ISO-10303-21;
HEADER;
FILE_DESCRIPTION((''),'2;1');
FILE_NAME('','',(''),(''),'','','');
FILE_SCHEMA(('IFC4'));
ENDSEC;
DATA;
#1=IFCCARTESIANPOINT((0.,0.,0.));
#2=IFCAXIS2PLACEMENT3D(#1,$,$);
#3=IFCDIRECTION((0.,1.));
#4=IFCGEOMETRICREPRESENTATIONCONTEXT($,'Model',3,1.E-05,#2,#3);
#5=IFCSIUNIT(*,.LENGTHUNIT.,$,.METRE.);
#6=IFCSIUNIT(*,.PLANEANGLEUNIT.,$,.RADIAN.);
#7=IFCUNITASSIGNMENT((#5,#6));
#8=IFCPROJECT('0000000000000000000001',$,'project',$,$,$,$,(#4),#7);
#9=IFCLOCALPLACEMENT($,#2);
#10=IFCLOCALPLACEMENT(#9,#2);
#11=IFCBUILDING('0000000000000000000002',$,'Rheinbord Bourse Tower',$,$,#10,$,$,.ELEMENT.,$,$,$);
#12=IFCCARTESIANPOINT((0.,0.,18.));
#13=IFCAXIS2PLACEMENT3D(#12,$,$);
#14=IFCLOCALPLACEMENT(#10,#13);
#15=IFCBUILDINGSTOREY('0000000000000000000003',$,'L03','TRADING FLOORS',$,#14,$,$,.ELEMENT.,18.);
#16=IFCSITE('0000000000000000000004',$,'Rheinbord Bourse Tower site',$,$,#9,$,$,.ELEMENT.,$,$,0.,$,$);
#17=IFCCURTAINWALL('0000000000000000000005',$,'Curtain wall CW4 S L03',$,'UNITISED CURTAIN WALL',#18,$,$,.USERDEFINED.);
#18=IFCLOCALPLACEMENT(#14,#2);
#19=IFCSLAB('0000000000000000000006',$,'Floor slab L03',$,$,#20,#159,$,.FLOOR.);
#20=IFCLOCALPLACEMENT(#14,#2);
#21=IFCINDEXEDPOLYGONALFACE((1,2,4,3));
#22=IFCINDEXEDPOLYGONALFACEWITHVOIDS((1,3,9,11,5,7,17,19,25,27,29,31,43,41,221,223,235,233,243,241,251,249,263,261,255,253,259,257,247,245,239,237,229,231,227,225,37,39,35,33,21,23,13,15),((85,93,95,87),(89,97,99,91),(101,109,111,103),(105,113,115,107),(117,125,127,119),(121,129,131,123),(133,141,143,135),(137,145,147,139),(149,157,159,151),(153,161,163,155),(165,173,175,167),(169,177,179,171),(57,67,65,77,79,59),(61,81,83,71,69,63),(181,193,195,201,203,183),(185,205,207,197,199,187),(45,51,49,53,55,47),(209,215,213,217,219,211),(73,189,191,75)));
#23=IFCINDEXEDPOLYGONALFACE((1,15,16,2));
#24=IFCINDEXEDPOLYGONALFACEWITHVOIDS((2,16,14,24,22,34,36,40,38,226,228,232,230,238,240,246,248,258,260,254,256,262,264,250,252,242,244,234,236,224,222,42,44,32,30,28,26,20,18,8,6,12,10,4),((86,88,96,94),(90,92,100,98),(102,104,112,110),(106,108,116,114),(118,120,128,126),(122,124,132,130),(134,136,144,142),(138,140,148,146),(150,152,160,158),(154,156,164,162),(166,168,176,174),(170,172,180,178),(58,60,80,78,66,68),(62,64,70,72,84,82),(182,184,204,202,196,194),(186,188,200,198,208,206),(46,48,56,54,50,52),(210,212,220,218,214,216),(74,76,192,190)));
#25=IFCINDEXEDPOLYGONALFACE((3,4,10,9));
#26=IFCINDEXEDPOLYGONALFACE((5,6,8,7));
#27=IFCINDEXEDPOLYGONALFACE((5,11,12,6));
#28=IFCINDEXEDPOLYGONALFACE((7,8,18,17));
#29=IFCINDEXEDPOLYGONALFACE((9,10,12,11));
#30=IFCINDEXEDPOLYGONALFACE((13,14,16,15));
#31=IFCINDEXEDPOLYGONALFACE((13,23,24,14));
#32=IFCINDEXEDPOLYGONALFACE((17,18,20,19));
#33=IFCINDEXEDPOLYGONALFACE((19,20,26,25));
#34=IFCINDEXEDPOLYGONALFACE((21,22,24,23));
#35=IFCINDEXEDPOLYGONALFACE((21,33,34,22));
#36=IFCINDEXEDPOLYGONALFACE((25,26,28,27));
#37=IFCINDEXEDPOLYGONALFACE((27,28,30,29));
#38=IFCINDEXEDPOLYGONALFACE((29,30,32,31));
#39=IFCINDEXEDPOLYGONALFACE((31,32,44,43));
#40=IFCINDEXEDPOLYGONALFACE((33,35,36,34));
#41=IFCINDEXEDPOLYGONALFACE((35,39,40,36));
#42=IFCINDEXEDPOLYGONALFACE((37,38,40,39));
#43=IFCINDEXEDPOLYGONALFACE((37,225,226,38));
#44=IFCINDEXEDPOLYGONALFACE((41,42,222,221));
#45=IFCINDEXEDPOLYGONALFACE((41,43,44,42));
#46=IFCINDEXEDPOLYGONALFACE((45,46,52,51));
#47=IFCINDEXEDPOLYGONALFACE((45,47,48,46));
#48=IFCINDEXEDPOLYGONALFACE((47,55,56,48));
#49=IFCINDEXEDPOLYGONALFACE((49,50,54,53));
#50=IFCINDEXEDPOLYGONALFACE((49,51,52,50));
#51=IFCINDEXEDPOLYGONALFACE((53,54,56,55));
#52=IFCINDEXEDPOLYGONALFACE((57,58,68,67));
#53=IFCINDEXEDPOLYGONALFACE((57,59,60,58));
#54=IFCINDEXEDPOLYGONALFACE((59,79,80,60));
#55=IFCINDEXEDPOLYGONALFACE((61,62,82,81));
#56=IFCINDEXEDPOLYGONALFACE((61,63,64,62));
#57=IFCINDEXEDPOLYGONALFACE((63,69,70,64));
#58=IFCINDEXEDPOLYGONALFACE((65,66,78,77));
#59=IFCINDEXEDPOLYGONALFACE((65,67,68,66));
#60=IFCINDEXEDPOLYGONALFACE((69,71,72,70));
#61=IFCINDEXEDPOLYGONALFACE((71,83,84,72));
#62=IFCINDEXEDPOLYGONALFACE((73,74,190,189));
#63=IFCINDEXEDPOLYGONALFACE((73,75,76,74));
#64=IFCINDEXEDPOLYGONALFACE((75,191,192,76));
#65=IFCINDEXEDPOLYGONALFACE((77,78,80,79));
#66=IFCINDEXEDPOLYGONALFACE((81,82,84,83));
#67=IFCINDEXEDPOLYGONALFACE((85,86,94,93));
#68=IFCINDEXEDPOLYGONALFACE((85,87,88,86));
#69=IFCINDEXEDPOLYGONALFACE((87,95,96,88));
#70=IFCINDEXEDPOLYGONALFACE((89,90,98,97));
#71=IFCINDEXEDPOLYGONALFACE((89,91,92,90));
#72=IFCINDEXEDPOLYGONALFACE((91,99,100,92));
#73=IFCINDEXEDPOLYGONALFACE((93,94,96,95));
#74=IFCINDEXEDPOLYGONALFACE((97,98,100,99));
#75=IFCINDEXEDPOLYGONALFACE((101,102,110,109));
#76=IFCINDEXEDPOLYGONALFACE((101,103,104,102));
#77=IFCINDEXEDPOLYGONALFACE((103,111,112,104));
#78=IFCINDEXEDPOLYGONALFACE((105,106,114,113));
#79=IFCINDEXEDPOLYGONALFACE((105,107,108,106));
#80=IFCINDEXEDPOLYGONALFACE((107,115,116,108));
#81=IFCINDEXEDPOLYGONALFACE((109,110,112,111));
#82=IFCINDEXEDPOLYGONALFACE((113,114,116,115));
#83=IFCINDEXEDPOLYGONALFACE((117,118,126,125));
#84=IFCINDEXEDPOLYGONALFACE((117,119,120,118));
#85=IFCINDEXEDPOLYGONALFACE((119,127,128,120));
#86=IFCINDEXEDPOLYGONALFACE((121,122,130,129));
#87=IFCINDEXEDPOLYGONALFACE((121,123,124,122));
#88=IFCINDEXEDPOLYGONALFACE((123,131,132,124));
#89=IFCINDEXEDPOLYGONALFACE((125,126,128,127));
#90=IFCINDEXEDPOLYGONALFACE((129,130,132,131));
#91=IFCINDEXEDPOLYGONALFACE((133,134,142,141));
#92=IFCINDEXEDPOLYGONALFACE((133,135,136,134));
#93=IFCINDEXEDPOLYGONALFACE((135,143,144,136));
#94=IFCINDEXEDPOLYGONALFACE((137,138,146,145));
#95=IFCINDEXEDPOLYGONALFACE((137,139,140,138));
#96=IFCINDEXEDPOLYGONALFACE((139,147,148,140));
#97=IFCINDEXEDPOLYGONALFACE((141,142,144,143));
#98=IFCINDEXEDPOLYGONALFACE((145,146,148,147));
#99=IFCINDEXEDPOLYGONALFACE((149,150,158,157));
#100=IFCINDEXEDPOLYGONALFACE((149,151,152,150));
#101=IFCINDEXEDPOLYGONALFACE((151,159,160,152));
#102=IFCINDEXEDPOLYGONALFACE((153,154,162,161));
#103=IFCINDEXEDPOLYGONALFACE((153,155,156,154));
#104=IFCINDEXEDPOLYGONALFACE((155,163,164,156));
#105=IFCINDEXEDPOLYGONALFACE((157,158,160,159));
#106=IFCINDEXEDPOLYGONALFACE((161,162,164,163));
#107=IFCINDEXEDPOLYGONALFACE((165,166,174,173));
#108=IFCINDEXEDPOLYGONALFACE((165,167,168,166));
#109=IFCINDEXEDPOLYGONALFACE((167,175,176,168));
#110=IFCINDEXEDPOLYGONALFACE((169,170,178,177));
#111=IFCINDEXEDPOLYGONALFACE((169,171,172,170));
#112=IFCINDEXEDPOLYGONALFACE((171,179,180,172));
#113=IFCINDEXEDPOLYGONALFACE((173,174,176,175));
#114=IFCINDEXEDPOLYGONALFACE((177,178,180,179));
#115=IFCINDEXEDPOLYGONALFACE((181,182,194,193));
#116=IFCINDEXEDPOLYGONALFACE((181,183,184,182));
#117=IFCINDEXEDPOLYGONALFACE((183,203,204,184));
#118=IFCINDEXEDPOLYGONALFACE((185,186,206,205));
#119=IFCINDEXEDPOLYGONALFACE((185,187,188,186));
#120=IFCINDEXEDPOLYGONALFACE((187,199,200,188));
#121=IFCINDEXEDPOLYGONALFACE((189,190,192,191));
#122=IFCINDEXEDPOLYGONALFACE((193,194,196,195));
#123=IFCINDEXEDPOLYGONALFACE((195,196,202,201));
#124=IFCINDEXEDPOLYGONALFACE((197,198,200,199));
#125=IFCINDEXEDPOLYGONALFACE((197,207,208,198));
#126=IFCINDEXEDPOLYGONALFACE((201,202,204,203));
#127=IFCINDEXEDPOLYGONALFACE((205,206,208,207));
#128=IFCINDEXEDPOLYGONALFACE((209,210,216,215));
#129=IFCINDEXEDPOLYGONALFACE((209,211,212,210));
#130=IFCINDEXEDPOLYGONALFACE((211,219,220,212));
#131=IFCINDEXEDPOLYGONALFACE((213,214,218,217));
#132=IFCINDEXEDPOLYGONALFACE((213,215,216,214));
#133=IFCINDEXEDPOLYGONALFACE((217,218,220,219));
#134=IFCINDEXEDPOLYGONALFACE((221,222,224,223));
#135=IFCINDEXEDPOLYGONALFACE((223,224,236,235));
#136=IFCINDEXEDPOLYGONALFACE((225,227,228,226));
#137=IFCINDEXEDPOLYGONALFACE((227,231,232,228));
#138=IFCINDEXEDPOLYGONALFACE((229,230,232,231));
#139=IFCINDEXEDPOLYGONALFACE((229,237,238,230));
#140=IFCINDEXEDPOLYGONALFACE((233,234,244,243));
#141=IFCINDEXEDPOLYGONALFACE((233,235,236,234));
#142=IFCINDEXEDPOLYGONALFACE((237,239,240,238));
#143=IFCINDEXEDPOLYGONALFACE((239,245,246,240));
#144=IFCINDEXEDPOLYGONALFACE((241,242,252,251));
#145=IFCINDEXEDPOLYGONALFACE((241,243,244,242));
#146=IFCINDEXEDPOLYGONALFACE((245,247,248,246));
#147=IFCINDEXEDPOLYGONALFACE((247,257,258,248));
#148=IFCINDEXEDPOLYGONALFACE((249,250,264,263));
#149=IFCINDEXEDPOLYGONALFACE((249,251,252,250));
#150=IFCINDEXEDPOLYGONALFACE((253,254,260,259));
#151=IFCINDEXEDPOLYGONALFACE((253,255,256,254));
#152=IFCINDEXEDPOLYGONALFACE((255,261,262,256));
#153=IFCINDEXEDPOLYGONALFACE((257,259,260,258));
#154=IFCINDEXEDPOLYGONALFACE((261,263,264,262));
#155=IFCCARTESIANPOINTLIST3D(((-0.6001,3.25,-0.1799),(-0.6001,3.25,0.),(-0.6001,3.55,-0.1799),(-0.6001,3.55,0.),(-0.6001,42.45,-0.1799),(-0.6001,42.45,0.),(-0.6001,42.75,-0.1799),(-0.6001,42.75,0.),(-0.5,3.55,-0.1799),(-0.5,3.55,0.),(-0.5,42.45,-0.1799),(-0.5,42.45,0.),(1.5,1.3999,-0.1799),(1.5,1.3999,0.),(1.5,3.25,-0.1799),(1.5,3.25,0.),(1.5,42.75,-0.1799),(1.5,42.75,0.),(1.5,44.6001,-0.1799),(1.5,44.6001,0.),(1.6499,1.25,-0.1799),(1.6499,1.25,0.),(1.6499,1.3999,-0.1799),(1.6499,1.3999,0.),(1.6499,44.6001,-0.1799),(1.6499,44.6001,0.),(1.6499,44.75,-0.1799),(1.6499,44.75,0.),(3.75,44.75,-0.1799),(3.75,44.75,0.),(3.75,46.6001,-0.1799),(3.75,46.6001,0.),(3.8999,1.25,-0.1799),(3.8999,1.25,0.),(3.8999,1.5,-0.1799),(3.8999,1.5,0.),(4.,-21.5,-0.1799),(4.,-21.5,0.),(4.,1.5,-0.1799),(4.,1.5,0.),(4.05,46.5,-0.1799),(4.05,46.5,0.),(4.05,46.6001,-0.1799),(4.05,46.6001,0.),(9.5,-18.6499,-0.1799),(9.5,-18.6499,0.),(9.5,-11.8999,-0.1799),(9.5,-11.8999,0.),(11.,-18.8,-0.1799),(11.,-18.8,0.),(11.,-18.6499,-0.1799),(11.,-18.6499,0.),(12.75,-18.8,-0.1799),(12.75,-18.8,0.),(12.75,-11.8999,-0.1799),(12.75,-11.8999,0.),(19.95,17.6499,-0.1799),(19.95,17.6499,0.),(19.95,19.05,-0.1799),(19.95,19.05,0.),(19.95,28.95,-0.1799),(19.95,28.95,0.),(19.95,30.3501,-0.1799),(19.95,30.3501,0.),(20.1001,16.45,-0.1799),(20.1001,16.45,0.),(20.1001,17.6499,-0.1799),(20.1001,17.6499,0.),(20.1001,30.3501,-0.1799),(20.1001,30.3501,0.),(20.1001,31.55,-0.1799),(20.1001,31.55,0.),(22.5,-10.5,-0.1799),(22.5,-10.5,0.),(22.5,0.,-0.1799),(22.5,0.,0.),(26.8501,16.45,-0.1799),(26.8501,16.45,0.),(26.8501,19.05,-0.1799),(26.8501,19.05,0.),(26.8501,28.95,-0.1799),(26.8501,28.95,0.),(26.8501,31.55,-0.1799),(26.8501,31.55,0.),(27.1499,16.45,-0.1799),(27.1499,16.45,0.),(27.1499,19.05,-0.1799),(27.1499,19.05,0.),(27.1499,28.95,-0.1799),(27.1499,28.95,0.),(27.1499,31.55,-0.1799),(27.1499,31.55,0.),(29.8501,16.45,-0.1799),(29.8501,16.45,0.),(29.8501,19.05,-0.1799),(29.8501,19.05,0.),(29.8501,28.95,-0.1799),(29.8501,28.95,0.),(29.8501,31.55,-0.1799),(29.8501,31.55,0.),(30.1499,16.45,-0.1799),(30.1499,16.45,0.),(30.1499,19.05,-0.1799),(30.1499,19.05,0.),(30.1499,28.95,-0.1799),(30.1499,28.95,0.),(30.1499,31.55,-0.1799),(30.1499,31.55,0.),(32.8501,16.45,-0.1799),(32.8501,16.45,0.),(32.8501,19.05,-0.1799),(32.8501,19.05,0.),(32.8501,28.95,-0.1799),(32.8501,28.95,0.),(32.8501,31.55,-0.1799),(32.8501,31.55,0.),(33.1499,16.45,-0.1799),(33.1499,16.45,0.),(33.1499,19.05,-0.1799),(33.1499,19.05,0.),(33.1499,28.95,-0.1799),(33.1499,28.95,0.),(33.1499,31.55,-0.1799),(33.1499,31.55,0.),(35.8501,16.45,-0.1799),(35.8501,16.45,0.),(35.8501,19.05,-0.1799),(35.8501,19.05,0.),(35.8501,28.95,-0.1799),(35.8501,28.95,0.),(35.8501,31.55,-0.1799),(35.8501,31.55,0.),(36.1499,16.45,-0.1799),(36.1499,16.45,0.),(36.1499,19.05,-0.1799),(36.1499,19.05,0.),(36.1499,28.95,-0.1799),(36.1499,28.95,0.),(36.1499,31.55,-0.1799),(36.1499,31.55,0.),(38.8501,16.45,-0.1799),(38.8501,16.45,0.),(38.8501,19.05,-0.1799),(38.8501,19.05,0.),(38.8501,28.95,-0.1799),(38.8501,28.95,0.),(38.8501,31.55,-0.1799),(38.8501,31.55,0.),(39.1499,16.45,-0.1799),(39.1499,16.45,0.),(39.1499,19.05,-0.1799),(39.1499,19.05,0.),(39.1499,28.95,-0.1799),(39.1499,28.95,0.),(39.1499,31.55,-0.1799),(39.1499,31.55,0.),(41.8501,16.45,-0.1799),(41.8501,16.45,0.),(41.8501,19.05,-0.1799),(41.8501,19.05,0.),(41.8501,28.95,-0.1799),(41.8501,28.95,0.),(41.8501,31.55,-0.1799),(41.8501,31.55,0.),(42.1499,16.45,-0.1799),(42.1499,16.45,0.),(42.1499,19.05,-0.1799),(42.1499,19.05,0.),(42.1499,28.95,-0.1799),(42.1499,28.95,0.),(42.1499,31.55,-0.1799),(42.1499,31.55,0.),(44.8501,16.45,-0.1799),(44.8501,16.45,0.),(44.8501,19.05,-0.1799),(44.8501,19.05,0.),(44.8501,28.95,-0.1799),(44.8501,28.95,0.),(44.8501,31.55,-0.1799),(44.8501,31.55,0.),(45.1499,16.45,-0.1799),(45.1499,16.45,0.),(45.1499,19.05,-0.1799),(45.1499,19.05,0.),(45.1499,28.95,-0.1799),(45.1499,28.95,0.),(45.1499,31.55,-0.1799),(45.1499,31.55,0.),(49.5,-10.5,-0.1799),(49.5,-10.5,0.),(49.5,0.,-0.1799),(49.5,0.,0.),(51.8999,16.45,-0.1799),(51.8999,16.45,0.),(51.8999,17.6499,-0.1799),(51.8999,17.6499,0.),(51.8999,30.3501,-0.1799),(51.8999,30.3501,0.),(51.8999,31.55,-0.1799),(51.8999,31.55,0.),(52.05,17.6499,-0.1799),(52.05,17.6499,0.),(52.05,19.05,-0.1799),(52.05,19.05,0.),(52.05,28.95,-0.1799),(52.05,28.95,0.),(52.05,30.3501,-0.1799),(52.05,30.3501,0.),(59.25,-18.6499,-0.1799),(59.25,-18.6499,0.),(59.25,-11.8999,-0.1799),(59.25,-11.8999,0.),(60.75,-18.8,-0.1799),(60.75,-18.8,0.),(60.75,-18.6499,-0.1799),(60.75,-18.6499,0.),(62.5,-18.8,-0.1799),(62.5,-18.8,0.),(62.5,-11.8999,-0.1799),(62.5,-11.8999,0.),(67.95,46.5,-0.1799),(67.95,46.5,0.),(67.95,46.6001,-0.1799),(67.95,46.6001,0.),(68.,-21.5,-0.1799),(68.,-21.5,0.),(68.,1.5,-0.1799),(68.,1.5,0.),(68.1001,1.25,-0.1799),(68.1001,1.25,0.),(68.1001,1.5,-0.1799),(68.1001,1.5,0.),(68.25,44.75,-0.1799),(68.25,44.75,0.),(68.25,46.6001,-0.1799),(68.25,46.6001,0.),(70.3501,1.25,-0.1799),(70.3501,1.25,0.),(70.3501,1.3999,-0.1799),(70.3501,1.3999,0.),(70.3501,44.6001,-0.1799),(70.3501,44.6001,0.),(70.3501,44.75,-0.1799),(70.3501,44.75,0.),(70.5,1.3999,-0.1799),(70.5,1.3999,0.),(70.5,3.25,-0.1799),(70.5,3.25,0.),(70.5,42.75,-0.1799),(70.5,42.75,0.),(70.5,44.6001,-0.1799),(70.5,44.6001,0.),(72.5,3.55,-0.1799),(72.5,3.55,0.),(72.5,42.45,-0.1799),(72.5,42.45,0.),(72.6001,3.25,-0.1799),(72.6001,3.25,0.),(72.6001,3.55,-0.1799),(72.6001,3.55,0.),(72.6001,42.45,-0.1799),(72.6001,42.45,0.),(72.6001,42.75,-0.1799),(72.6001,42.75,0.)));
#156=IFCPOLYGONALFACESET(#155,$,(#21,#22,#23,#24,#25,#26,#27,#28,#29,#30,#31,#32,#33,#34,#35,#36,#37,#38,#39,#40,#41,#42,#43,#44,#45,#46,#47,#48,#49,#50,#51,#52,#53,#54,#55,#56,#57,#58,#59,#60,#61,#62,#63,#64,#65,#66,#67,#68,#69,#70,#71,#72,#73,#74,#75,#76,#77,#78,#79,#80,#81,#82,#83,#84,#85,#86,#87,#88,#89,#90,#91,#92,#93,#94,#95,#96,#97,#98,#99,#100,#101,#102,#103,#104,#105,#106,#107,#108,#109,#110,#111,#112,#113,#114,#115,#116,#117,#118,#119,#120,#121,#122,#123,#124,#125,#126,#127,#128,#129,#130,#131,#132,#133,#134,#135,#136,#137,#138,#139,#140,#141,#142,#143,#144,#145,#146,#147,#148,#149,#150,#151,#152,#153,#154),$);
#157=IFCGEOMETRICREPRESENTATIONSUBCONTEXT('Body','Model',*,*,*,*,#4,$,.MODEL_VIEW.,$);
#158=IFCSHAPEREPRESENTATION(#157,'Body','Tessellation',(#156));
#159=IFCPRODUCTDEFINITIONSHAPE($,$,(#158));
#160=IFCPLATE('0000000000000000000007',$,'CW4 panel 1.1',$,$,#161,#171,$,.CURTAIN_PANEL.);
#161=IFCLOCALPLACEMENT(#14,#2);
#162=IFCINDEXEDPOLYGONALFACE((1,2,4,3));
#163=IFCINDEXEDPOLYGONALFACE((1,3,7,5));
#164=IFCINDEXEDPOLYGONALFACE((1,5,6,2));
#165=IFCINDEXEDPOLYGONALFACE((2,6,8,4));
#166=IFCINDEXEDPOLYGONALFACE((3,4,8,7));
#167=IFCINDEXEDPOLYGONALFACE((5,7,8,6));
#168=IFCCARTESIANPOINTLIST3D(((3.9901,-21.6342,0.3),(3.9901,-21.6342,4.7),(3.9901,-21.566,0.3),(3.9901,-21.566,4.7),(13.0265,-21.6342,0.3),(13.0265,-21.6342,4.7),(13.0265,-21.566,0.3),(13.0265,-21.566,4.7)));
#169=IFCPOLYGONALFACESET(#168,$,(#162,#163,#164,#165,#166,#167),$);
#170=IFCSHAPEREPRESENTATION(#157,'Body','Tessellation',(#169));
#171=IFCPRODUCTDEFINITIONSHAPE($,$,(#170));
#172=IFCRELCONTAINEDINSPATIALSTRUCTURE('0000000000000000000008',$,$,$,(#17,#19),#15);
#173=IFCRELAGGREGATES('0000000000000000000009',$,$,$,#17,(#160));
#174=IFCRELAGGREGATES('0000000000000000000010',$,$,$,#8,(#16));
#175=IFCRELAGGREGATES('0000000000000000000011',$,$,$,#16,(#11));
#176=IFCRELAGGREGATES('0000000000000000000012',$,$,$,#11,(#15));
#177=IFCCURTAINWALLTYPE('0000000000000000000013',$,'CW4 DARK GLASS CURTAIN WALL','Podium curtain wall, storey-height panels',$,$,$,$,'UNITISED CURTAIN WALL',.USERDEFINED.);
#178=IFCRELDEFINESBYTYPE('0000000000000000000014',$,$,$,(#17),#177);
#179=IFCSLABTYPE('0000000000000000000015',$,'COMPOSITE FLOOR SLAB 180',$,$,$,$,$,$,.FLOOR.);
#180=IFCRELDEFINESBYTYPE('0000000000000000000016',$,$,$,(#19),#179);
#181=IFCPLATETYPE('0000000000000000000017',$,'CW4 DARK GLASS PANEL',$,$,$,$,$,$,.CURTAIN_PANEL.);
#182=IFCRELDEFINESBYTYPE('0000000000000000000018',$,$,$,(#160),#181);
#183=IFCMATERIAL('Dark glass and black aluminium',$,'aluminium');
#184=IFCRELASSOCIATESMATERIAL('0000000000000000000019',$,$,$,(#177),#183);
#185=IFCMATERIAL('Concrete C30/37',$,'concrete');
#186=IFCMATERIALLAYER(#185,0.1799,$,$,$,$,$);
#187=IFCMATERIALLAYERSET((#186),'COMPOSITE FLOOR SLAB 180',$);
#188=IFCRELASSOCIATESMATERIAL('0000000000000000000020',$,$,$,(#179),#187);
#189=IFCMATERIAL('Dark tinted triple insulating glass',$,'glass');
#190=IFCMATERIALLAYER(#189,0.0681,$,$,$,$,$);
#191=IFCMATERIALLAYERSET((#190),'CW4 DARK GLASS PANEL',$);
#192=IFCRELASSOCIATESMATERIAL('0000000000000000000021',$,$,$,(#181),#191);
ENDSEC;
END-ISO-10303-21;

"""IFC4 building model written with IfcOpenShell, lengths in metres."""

from ifc_helpers import new_model, si_unit, direction, frame, origin, origin_2d, place, context, subcontext, project, spatial, polyline, rectangle, outline, extrude, material, layer, layer_set, type_object, element, aggregate, save


model = new_model("IFC4")

# Units and contexts
model_context = context("Model", 3, precision=1e-05, world=origin(), true_north=direction((0.0, 1.0)))
body_context = subcontext(model_context, "Body", "Model", "MODEL_VIEW")
ifc_project = project(units=[si_unit("LENGTHUNIT", "METRE"), si_unit("PLANEANGLEUNIT", "RADIAN")], contexts=[model_context])

# Site, building, storey
site_placement = place(None, origin())
site = spatial("IfcSite", under=ifc_project, at=site_placement, Name="Rheinbord Bourse Tower site", CompositionType="ELEMENT", RefElevation=0.0)
building_placement = place(site_placement, origin())
building = spatial("IfcBuilding", under=site, at=building_placement, Name="Rheinbord Bourse Tower", CompositionType="ELEMENT")
storey_placement = place(building_placement, frame((0.0, 0.0, 18.0)))
storey = spatial("IfcBuildingStorey", under=building, at=storey_placement, Name="L03", Description="TRADING FLOORS", CompositionType="ELEMENT", Elevation=18.0)

# Curtain wall
ifc_material_1 = material(Name="Dark glass and black aluminium", Category="aluminium")
curtain_wall_type = type_object("IfcCurtainWallType", Name="CW4 DARK GLASS CURTAIN WALL", Description="Podium curtain wall, storey-height panels", ElementType="UNITISED CURTAIN WALL", PredefinedType="USERDEFINED", material=ifc_material_1)
curtain_wall_1_placement = place(storey_placement, origin())
curtain_wall_1 = element("IfcCurtainWall", 1, at=curtain_wall_1_placement, inside=storey, type_object=curtain_wall_type, Name="Curtain wall CW4 S L03", ObjectType="UNITISED CURTAIN WALL", PredefinedType="USERDEFINED")

# Slab
ifc_material_2 = material(Name="Concrete C30/37", Category="concrete")
ifc_layer_1 = layer(ifc_material_2, 0.1799)
ifc_layer_set_1 = layer_set([ifc_layer_1], Name="COMPOSITE FLOOR SLAB 180")
slab_type_1 = type_object("IfcSlabType", Name="COMPOSITE FLOOR SLAB 180", PredefinedType="FLOOR", material=ifc_layer_set_1)
slab_1_placement = place(storey_placement, frame((0.0, 0.0, -0.1799)))
element("IfcSlab", 2, at=slab_1_placement, inside=storey, type_object=slab_type_1, Name="Floor slab L03", PredefinedType="FLOOR", context=body_context, shape_type="SweptSolid", body=[
    extrude(outline(polyline([(1.6499, 1.3999), (1.5, 1.3999), (1.5, 3.25), (-0.6001, 3.25), (-0.6001, 3.55), (-0.5, 3.55), (-0.5, 42.45), (-0.6001, 42.45), (-0.6001, 42.75), (1.5, 42.75), (1.5, 44.6001), (1.6499, 44.6001), (1.6499, 44.75), (3.75, 44.75), (3.75, 46.6001), (4.05, 46.6001), (4.05, 46.5), (67.95, 46.5), (67.95, 46.6001), (68.25, 46.6001), (68.25, 44.75), (70.3501, 44.75), (70.3501, 44.6001), (70.5, 44.6001), (70.5, 42.75), (72.6001, 42.75), (72.6001, 42.45), (72.5, 42.45), (72.5, 3.55), (72.6001, 3.55), (72.6001, 3.25), (70.5, 3.25), (70.5, 1.3999), (70.3501, 1.3999), (70.3501, 1.25), (68.1001, 1.25), (68.1001, 1.5), (68.0, 1.5), (68.0, -21.5), (4.0, -21.5), (4.0, 1.5), (3.8999, 1.5), (3.8999, 1.25), (1.6499, 1.25), (1.6499, 1.3999)]), holes=[polyline([(19.95, 19.05), (26.8501, 19.05), (26.8501, 16.45), (20.1001, 16.45), (20.1001, 17.6499), (19.95, 17.6499), (19.95, 19.05)]), polyline([(26.8501, 31.55), (26.8501, 28.95), (19.95, 28.95), (19.95, 30.3501), (20.1001, 30.3501), (20.1001, 31.55), (26.8501, 31.55)]), polyline([(45.1499, 16.45), (45.1499, 19.05), (52.05, 19.05), (52.05, 17.6499), (51.8999, 17.6499), (51.8999, 16.45), (45.1499, 16.45)]), polyline([(52.05, 28.95), (45.1499, 28.95), (45.1499, 31.55), (51.8999, 31.55), (51.8999, 30.3501), (52.05, 30.3501), (52.05, 28.95)]), polyline([(9.5, -11.8999), (12.75, -11.8999), (12.75, -18.8), (11.0, -18.8), (11.0, -18.6499), (9.5, -18.6499), (9.5, -11.8999)]), polyline([(59.25, -11.8999), (62.5, -11.8999), (62.5, -18.8), (60.75, -18.8), (60.75, -18.6499), (59.25, -18.6499), (59.25, -11.8999)]), polyline([(22.5, -10.5), (22.5, 0.0), (49.5, 0.0), (49.5, -10.5), (22.5, -10.5)]), polyline([(27.1499, 16.45), (27.1499, 19.05), (29.8501, 19.05), (29.8501, 16.45), (27.1499, 16.45)]), polyline([(27.1499, 28.95), (27.1499, 31.55), (29.8501, 31.55), (29.8501, 28.95), (27.1499, 28.95)]), polyline([(30.1499, 16.45), (30.1499, 19.05), (32.8501, 19.05), (32.8501, 16.45), (30.1499, 16.45)]), polyline([(30.1499, 28.95), (30.1499, 31.55), (32.8501, 31.55), (32.8501, 28.95), (30.1499, 28.95)]), polyline([(33.1499, 16.45), (33.1499, 19.05), (35.8501, 19.05), (35.8501, 16.45), (33.1499, 16.45)]), polyline([(33.1499, 28.95), (33.1499, 31.55), (35.8501, 31.55), (35.8501, 28.95), (33.1499, 28.95)]), polyline([(36.1499, 16.45), (36.1499, 19.05), (38.8501, 19.05), (38.8501, 16.45), (36.1499, 16.45)]), polyline([(36.1499, 28.95), (36.1499, 31.55), (38.8501, 31.55), (38.8501, 28.95), (36.1499, 28.95)]), polyline([(39.1499, 16.45), (39.1499, 19.05), (41.8501, 19.05), (41.8501, 16.45), (39.1499, 16.45)]), polyline([(39.1499, 28.95), (39.1499, 31.55), (41.8501, 31.55), (41.8501, 28.95), (39.1499, 28.95)]), polyline([(42.1499, 16.45), (42.1499, 19.05), (44.8501, 19.05), (44.8501, 16.45), (42.1499, 16.45)]), polyline([(42.1499, 28.95), (42.1499, 31.55), (44.8501, 31.55), (44.8501, 28.95), (42.1499, 28.95)])]), origin(), (0.0, 0.0, 1.0), 0.1799),
])

# Plate
ifc_material_3 = material(Name="Dark tinted triple insulating glass", Category="glass")
ifc_layer_2 = layer(ifc_material_3, 0.0681)
ifc_layer_set_2 = layer_set([ifc_layer_2], Name="CW4 DARK GLASS PANEL")
plate_type = type_object("IfcPlateType", Name="CW4 DARK GLASS PANEL", PredefinedType="CURTAIN_PANEL", material=ifc_layer_set_2)
plate_1_placement = place(storey_placement, frame((8.5083, -21.6001, 0.3), z_axis=(0.0, 0.0, 1.0), x_axis=(1.0, 0.0, 0.0)))
plate_1 = element("IfcPlate", 3, at=plate_1_placement, type_object=plate_type, Name="CW4 panel 1.1", PredefinedType="CURTAIN_PANEL", context=body_context, shape_type="SweptSolid", body=[
    extrude(rectangle(XDim=9.0364, YDim=0.0681, at=origin_2d()), origin(), (0.0, 0.0, 1.0), 4.3999),
])
aggregate(curtain_wall_1, [plate_1])

save(model, "model.ifc")
